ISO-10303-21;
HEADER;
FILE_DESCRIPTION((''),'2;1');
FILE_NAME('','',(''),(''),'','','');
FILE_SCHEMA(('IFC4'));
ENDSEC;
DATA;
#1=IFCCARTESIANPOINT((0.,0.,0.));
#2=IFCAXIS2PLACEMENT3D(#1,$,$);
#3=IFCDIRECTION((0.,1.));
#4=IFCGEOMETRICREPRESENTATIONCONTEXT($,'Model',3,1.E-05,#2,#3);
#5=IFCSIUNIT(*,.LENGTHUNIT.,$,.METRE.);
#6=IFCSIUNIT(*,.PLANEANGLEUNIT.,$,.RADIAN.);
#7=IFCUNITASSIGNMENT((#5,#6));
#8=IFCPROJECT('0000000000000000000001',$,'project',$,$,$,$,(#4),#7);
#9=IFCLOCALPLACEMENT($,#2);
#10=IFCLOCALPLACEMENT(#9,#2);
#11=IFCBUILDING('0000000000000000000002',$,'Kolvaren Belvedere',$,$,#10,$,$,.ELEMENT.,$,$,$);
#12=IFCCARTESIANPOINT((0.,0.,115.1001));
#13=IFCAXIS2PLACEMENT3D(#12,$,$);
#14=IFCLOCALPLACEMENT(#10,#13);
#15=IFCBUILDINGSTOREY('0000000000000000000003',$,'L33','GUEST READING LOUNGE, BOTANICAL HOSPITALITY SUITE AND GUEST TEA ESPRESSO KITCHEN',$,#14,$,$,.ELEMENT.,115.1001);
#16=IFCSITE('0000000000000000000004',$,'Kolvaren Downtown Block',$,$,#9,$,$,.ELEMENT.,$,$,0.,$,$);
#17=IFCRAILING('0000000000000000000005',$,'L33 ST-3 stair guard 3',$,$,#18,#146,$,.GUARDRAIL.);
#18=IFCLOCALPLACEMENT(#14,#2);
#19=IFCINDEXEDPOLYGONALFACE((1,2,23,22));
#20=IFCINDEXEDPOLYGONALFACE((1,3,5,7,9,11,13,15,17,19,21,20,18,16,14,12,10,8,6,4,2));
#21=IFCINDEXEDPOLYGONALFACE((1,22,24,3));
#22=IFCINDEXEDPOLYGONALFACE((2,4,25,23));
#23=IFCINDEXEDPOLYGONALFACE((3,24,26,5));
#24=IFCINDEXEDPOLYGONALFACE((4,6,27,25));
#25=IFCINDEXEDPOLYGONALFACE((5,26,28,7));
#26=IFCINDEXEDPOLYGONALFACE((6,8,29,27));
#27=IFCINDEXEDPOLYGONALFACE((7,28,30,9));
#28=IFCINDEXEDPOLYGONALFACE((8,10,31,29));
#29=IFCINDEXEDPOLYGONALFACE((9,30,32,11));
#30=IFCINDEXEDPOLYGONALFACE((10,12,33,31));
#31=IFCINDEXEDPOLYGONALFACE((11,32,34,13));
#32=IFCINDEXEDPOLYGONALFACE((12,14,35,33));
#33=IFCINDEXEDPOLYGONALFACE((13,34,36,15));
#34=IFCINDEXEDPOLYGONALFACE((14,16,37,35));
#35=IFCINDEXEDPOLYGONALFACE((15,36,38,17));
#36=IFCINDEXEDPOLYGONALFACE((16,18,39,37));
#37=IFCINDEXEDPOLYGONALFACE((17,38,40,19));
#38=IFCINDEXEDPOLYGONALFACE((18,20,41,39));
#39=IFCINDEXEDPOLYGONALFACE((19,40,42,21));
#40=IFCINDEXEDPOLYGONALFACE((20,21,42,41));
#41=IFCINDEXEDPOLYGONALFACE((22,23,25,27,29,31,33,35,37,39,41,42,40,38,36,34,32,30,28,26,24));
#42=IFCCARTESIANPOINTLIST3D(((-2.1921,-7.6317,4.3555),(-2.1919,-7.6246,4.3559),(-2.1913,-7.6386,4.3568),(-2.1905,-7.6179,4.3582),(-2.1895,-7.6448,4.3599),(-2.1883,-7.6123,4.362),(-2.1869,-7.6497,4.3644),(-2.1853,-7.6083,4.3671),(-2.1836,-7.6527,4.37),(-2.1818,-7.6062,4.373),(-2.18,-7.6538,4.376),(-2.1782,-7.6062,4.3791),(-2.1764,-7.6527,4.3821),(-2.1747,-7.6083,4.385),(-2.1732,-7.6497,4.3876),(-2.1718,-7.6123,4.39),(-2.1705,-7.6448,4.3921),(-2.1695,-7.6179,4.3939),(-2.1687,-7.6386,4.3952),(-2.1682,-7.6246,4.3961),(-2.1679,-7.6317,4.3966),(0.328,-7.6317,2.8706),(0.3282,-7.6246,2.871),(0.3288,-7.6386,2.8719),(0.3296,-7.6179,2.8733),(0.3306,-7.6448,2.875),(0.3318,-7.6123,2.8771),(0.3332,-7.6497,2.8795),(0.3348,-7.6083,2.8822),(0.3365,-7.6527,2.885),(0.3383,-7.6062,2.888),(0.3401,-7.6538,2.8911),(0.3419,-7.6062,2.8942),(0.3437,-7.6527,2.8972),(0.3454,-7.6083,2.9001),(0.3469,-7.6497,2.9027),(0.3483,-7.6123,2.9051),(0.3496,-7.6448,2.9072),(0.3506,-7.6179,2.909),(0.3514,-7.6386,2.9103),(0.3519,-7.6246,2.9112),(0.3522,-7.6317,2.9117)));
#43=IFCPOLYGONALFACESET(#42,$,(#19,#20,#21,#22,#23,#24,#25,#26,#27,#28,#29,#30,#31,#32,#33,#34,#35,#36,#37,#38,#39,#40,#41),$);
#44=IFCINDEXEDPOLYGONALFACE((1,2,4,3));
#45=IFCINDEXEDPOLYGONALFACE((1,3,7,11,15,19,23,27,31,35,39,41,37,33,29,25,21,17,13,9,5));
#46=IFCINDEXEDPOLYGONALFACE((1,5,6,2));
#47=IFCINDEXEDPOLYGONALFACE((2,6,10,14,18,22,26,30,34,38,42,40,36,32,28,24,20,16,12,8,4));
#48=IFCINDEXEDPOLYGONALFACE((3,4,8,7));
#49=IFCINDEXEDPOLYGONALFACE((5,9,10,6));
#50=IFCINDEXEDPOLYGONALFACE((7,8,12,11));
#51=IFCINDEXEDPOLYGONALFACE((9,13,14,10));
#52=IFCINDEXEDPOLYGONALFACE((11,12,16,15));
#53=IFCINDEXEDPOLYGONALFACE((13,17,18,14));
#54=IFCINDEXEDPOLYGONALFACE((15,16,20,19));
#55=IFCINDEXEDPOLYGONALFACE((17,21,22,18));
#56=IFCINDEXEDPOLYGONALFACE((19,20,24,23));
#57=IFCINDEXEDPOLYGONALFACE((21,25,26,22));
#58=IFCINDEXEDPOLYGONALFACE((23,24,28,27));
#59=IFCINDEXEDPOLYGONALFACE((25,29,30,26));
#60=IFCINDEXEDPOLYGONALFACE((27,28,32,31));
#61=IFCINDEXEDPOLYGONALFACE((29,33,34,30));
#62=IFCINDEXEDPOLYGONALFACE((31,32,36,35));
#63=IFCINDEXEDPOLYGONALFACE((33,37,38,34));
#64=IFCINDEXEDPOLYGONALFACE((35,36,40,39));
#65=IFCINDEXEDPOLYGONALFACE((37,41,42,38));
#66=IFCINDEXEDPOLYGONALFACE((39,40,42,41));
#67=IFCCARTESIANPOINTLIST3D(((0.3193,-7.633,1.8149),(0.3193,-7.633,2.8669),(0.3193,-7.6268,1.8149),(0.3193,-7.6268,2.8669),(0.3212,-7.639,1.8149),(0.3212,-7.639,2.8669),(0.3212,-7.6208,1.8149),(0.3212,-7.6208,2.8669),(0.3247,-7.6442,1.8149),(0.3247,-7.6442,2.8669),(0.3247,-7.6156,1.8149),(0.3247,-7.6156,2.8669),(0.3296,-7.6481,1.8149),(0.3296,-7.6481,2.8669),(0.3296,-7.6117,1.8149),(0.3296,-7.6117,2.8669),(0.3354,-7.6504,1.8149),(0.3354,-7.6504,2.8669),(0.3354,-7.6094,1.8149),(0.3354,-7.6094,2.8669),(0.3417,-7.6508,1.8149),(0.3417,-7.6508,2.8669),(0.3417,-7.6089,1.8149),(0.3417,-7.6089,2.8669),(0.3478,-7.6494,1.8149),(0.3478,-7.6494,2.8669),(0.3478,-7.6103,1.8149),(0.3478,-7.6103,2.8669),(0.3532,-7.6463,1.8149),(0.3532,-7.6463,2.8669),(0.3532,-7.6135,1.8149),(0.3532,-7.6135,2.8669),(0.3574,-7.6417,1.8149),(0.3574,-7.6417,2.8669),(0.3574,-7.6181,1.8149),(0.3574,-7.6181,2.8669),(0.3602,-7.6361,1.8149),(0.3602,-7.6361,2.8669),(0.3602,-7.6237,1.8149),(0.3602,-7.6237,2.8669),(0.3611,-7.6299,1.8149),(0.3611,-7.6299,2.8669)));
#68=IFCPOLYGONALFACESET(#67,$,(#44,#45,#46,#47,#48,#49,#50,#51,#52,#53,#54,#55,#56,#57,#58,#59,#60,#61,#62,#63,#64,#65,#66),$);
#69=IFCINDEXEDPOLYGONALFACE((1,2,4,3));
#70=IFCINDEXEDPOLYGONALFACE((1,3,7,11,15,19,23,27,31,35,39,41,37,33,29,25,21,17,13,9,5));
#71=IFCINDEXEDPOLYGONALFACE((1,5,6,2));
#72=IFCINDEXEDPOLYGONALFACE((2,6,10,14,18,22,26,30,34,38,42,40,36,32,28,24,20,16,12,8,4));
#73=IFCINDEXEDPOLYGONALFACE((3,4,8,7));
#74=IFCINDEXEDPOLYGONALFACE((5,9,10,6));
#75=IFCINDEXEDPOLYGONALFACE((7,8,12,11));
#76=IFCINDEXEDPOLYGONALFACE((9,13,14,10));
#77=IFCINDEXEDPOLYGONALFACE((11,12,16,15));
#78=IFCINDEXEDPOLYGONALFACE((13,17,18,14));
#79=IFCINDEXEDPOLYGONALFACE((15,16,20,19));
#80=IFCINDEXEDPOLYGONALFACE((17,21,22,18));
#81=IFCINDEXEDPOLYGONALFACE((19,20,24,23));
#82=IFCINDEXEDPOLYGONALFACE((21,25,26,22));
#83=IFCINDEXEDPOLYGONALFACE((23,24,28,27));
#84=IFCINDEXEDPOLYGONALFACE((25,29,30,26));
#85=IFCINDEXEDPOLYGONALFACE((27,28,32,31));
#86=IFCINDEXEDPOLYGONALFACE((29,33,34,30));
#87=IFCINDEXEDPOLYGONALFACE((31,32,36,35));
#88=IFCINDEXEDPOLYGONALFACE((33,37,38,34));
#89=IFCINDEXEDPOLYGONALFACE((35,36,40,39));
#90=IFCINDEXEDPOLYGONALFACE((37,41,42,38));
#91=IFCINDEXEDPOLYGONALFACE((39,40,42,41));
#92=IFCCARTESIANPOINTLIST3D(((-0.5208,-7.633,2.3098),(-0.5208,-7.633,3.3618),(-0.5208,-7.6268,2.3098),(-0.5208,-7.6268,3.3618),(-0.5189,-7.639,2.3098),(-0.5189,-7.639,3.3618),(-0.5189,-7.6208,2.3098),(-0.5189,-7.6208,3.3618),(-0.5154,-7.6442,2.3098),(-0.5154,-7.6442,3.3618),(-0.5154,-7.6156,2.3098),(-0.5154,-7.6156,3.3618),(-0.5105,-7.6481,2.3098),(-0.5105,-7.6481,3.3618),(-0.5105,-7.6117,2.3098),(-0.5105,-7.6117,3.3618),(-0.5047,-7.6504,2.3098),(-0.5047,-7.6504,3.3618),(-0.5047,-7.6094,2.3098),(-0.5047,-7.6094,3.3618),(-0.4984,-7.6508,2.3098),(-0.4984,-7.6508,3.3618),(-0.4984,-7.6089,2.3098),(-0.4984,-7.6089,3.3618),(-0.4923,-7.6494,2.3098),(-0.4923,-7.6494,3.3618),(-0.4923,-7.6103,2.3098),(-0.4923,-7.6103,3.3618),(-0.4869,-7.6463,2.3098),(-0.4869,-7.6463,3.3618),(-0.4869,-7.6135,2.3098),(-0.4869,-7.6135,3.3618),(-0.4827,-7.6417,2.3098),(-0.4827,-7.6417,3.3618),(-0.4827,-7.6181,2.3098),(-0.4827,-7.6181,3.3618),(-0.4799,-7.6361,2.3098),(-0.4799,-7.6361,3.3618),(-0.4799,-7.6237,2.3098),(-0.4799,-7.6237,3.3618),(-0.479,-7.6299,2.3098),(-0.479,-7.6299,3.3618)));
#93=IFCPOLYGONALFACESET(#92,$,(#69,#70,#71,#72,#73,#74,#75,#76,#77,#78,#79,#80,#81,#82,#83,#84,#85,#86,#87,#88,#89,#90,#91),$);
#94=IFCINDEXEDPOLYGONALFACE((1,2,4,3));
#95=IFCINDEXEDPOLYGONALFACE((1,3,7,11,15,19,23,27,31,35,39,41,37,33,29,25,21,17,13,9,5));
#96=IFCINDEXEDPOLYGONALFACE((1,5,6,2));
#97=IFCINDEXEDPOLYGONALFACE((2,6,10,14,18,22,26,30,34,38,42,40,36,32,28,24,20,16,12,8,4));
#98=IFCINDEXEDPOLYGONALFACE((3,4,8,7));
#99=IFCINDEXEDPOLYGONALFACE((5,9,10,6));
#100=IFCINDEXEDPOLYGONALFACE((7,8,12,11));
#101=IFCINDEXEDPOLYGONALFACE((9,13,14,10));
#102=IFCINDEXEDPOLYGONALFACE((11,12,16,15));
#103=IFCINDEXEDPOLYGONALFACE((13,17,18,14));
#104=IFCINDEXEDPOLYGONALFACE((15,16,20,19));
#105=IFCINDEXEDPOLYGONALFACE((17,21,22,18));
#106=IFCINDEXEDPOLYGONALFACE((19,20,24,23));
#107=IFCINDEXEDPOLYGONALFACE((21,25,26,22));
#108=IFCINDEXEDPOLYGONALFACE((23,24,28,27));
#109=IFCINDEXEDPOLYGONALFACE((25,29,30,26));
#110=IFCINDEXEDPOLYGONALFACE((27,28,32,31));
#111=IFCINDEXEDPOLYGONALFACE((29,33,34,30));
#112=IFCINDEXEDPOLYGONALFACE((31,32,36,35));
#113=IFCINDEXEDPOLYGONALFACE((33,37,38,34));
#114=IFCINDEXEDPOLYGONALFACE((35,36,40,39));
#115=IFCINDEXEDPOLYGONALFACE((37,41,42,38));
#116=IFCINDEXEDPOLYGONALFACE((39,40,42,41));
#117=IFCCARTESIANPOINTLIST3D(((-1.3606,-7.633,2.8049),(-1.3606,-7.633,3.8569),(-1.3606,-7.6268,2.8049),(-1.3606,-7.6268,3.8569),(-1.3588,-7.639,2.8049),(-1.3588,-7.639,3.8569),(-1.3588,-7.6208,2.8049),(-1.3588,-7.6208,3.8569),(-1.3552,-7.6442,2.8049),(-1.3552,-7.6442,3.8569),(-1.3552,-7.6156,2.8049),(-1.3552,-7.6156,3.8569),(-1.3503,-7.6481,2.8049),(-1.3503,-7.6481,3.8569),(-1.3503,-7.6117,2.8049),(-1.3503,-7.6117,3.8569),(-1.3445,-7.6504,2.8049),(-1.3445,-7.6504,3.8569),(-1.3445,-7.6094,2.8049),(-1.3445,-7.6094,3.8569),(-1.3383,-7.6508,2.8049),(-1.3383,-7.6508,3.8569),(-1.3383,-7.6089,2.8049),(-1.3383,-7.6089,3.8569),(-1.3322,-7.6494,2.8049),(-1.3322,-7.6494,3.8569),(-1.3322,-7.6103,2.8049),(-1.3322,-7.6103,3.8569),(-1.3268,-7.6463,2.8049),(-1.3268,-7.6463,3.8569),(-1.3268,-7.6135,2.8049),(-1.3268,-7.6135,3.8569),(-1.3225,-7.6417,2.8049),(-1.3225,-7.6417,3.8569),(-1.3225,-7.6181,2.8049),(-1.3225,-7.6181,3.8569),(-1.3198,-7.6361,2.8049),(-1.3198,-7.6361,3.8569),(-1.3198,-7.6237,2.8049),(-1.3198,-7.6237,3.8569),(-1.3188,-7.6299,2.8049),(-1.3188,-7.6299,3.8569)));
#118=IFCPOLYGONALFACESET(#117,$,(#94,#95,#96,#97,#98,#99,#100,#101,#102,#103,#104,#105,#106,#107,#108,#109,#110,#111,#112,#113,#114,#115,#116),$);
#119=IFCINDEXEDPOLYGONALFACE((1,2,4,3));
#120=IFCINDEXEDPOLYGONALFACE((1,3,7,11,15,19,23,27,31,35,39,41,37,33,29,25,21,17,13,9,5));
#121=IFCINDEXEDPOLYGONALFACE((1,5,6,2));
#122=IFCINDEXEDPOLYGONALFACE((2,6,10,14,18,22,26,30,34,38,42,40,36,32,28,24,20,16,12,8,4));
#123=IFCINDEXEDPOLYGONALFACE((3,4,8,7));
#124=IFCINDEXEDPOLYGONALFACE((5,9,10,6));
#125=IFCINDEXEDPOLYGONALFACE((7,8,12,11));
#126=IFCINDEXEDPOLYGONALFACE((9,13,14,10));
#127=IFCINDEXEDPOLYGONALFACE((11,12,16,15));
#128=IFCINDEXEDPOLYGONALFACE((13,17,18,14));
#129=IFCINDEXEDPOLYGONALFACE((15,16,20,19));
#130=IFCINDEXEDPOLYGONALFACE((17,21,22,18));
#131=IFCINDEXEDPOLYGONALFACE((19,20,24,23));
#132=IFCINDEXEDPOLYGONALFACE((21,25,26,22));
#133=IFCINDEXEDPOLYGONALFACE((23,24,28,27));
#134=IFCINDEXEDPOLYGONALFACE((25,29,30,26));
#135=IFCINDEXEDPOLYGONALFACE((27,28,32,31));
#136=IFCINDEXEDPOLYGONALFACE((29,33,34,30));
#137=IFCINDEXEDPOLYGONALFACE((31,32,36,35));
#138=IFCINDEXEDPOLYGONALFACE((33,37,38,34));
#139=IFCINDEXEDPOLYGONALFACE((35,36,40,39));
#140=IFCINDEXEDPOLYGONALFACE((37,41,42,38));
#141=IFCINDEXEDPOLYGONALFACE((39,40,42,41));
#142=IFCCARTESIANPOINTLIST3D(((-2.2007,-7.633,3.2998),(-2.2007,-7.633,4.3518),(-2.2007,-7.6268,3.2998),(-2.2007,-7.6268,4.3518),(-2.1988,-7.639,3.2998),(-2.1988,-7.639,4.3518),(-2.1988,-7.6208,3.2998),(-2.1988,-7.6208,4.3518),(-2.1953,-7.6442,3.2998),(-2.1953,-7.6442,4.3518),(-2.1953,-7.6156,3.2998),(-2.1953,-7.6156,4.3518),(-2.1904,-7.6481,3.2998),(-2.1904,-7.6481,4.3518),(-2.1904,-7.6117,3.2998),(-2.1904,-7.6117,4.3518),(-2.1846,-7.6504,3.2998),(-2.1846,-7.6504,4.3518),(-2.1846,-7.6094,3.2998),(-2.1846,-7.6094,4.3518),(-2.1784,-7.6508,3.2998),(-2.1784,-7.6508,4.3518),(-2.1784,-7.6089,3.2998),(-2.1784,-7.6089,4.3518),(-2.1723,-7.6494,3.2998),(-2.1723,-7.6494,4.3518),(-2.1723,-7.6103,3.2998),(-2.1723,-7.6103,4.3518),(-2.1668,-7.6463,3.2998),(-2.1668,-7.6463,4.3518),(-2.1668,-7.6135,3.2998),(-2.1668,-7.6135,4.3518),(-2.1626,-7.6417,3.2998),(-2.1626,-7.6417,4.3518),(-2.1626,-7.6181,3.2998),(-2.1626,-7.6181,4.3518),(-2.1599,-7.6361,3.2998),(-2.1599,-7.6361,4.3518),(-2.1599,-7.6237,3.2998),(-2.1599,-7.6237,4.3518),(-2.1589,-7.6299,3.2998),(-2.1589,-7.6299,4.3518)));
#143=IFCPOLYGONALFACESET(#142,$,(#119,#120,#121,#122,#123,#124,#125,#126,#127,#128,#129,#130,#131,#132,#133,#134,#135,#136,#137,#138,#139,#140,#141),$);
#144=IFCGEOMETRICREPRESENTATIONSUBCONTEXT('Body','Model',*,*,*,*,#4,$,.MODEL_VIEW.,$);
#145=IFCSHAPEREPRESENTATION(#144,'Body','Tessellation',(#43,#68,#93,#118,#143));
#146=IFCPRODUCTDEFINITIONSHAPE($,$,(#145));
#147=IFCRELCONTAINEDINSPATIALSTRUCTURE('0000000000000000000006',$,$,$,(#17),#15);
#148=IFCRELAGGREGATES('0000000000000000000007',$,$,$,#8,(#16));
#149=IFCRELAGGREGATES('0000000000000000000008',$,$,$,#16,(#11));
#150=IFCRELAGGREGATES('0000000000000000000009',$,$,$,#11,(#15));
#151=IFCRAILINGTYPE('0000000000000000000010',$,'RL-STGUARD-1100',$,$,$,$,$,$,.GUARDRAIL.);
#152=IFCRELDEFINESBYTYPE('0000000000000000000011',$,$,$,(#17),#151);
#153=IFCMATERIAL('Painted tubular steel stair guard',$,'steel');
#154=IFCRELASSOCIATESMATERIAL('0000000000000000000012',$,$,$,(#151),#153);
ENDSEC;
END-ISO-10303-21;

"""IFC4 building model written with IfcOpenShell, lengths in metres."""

from ifc_helpers import new_model, si_unit, direction, frame, origin, origin_2d, place, context, subcontext, project, spatial, circle, extrude, material, type_object, element, save


model = new_model("IFC4")

# Units and contexts
model_context = context("Model", 3, precision=1e-05, world=origin(), true_north=direction((0.0, 1.0)))
body_context = subcontext(model_context, "Body", "Model", "MODEL_VIEW")
ifc_project = project(units=[si_unit("LENGTHUNIT", "METRE"), si_unit("PLANEANGLEUNIT", "RADIAN")], contexts=[model_context])

# Site, building, storey
site_placement = place(None, origin())
site = spatial("IfcSite", under=ifc_project, at=site_placement, Name="Kolvaren Downtown Block", CompositionType="ELEMENT", RefElevation=0.0)
building_placement = place(site_placement, origin())
building = spatial("IfcBuilding", under=site, at=building_placement, Name="Kolvaren Belvedere", CompositionType="ELEMENT")
storey_placement = place(building_placement, frame((0.0, 0.0, 115.1001)))
storey = spatial("IfcBuildingStorey", under=building, at=storey_placement, Name="L33", Description="GUEST READING LOUNGE, BOTANICAL HOSPITALITY SUITE AND GUEST TEA ESPRESSO KITCHEN", CompositionType="ELEMENT", Elevation=115.1001)

# Railing
ifc_material_1 = material(Name="Painted tubular steel stair guard", Category="steel")
railing_type_1 = type_object("IfcRailingType", Name="RL-STGUARD-1100", PredefinedType="GUARDRAIL", material=ifc_material_1)
railing_1_placement = place(storey_placement, frame((0.3401, -7.6299, 1.8149)))
element("IfcRailing", 1, at=railing_1_placement, inside=storey, type_object=railing_type_1, Name="L33 ST-3 stair guard 3", PredefinedType="GUARDRAIL", context=body_context, shape_type="SweptSolid", body=[
    extrude(circle(Radius=0.0239, at=origin_2d()), frame((0.0, 0.0, 1.0762), z_axis=(-0.861561, 0.0, 0.507655), x_axis=(0.0, -1.0, 0.0)), (0.0, 0.0, 1.0), 2.925),
    extrude(circle(Radius=0.021, at=origin_2d()), origin(), (0.0, 0.0, 1.0), 1.052),
    extrude(circle(Radius=0.021, at=origin_2d()), frame((-0.8401, 0.0, 0.4949)), (0.0, 0.0, 1.0), 1.052),
    extrude(circle(Radius=0.021, at=origin_2d()), frame((-1.6799, 0.0, 0.99)), (0.0, 0.0, 1.0), 1.052),
    extrude(circle(Radius=0.021, at=origin_2d()), frame((-2.52, 0.0, 1.4849)), (0.0, 0.0, 1.0), 1.052),
])

save(model, "model.ifc")
